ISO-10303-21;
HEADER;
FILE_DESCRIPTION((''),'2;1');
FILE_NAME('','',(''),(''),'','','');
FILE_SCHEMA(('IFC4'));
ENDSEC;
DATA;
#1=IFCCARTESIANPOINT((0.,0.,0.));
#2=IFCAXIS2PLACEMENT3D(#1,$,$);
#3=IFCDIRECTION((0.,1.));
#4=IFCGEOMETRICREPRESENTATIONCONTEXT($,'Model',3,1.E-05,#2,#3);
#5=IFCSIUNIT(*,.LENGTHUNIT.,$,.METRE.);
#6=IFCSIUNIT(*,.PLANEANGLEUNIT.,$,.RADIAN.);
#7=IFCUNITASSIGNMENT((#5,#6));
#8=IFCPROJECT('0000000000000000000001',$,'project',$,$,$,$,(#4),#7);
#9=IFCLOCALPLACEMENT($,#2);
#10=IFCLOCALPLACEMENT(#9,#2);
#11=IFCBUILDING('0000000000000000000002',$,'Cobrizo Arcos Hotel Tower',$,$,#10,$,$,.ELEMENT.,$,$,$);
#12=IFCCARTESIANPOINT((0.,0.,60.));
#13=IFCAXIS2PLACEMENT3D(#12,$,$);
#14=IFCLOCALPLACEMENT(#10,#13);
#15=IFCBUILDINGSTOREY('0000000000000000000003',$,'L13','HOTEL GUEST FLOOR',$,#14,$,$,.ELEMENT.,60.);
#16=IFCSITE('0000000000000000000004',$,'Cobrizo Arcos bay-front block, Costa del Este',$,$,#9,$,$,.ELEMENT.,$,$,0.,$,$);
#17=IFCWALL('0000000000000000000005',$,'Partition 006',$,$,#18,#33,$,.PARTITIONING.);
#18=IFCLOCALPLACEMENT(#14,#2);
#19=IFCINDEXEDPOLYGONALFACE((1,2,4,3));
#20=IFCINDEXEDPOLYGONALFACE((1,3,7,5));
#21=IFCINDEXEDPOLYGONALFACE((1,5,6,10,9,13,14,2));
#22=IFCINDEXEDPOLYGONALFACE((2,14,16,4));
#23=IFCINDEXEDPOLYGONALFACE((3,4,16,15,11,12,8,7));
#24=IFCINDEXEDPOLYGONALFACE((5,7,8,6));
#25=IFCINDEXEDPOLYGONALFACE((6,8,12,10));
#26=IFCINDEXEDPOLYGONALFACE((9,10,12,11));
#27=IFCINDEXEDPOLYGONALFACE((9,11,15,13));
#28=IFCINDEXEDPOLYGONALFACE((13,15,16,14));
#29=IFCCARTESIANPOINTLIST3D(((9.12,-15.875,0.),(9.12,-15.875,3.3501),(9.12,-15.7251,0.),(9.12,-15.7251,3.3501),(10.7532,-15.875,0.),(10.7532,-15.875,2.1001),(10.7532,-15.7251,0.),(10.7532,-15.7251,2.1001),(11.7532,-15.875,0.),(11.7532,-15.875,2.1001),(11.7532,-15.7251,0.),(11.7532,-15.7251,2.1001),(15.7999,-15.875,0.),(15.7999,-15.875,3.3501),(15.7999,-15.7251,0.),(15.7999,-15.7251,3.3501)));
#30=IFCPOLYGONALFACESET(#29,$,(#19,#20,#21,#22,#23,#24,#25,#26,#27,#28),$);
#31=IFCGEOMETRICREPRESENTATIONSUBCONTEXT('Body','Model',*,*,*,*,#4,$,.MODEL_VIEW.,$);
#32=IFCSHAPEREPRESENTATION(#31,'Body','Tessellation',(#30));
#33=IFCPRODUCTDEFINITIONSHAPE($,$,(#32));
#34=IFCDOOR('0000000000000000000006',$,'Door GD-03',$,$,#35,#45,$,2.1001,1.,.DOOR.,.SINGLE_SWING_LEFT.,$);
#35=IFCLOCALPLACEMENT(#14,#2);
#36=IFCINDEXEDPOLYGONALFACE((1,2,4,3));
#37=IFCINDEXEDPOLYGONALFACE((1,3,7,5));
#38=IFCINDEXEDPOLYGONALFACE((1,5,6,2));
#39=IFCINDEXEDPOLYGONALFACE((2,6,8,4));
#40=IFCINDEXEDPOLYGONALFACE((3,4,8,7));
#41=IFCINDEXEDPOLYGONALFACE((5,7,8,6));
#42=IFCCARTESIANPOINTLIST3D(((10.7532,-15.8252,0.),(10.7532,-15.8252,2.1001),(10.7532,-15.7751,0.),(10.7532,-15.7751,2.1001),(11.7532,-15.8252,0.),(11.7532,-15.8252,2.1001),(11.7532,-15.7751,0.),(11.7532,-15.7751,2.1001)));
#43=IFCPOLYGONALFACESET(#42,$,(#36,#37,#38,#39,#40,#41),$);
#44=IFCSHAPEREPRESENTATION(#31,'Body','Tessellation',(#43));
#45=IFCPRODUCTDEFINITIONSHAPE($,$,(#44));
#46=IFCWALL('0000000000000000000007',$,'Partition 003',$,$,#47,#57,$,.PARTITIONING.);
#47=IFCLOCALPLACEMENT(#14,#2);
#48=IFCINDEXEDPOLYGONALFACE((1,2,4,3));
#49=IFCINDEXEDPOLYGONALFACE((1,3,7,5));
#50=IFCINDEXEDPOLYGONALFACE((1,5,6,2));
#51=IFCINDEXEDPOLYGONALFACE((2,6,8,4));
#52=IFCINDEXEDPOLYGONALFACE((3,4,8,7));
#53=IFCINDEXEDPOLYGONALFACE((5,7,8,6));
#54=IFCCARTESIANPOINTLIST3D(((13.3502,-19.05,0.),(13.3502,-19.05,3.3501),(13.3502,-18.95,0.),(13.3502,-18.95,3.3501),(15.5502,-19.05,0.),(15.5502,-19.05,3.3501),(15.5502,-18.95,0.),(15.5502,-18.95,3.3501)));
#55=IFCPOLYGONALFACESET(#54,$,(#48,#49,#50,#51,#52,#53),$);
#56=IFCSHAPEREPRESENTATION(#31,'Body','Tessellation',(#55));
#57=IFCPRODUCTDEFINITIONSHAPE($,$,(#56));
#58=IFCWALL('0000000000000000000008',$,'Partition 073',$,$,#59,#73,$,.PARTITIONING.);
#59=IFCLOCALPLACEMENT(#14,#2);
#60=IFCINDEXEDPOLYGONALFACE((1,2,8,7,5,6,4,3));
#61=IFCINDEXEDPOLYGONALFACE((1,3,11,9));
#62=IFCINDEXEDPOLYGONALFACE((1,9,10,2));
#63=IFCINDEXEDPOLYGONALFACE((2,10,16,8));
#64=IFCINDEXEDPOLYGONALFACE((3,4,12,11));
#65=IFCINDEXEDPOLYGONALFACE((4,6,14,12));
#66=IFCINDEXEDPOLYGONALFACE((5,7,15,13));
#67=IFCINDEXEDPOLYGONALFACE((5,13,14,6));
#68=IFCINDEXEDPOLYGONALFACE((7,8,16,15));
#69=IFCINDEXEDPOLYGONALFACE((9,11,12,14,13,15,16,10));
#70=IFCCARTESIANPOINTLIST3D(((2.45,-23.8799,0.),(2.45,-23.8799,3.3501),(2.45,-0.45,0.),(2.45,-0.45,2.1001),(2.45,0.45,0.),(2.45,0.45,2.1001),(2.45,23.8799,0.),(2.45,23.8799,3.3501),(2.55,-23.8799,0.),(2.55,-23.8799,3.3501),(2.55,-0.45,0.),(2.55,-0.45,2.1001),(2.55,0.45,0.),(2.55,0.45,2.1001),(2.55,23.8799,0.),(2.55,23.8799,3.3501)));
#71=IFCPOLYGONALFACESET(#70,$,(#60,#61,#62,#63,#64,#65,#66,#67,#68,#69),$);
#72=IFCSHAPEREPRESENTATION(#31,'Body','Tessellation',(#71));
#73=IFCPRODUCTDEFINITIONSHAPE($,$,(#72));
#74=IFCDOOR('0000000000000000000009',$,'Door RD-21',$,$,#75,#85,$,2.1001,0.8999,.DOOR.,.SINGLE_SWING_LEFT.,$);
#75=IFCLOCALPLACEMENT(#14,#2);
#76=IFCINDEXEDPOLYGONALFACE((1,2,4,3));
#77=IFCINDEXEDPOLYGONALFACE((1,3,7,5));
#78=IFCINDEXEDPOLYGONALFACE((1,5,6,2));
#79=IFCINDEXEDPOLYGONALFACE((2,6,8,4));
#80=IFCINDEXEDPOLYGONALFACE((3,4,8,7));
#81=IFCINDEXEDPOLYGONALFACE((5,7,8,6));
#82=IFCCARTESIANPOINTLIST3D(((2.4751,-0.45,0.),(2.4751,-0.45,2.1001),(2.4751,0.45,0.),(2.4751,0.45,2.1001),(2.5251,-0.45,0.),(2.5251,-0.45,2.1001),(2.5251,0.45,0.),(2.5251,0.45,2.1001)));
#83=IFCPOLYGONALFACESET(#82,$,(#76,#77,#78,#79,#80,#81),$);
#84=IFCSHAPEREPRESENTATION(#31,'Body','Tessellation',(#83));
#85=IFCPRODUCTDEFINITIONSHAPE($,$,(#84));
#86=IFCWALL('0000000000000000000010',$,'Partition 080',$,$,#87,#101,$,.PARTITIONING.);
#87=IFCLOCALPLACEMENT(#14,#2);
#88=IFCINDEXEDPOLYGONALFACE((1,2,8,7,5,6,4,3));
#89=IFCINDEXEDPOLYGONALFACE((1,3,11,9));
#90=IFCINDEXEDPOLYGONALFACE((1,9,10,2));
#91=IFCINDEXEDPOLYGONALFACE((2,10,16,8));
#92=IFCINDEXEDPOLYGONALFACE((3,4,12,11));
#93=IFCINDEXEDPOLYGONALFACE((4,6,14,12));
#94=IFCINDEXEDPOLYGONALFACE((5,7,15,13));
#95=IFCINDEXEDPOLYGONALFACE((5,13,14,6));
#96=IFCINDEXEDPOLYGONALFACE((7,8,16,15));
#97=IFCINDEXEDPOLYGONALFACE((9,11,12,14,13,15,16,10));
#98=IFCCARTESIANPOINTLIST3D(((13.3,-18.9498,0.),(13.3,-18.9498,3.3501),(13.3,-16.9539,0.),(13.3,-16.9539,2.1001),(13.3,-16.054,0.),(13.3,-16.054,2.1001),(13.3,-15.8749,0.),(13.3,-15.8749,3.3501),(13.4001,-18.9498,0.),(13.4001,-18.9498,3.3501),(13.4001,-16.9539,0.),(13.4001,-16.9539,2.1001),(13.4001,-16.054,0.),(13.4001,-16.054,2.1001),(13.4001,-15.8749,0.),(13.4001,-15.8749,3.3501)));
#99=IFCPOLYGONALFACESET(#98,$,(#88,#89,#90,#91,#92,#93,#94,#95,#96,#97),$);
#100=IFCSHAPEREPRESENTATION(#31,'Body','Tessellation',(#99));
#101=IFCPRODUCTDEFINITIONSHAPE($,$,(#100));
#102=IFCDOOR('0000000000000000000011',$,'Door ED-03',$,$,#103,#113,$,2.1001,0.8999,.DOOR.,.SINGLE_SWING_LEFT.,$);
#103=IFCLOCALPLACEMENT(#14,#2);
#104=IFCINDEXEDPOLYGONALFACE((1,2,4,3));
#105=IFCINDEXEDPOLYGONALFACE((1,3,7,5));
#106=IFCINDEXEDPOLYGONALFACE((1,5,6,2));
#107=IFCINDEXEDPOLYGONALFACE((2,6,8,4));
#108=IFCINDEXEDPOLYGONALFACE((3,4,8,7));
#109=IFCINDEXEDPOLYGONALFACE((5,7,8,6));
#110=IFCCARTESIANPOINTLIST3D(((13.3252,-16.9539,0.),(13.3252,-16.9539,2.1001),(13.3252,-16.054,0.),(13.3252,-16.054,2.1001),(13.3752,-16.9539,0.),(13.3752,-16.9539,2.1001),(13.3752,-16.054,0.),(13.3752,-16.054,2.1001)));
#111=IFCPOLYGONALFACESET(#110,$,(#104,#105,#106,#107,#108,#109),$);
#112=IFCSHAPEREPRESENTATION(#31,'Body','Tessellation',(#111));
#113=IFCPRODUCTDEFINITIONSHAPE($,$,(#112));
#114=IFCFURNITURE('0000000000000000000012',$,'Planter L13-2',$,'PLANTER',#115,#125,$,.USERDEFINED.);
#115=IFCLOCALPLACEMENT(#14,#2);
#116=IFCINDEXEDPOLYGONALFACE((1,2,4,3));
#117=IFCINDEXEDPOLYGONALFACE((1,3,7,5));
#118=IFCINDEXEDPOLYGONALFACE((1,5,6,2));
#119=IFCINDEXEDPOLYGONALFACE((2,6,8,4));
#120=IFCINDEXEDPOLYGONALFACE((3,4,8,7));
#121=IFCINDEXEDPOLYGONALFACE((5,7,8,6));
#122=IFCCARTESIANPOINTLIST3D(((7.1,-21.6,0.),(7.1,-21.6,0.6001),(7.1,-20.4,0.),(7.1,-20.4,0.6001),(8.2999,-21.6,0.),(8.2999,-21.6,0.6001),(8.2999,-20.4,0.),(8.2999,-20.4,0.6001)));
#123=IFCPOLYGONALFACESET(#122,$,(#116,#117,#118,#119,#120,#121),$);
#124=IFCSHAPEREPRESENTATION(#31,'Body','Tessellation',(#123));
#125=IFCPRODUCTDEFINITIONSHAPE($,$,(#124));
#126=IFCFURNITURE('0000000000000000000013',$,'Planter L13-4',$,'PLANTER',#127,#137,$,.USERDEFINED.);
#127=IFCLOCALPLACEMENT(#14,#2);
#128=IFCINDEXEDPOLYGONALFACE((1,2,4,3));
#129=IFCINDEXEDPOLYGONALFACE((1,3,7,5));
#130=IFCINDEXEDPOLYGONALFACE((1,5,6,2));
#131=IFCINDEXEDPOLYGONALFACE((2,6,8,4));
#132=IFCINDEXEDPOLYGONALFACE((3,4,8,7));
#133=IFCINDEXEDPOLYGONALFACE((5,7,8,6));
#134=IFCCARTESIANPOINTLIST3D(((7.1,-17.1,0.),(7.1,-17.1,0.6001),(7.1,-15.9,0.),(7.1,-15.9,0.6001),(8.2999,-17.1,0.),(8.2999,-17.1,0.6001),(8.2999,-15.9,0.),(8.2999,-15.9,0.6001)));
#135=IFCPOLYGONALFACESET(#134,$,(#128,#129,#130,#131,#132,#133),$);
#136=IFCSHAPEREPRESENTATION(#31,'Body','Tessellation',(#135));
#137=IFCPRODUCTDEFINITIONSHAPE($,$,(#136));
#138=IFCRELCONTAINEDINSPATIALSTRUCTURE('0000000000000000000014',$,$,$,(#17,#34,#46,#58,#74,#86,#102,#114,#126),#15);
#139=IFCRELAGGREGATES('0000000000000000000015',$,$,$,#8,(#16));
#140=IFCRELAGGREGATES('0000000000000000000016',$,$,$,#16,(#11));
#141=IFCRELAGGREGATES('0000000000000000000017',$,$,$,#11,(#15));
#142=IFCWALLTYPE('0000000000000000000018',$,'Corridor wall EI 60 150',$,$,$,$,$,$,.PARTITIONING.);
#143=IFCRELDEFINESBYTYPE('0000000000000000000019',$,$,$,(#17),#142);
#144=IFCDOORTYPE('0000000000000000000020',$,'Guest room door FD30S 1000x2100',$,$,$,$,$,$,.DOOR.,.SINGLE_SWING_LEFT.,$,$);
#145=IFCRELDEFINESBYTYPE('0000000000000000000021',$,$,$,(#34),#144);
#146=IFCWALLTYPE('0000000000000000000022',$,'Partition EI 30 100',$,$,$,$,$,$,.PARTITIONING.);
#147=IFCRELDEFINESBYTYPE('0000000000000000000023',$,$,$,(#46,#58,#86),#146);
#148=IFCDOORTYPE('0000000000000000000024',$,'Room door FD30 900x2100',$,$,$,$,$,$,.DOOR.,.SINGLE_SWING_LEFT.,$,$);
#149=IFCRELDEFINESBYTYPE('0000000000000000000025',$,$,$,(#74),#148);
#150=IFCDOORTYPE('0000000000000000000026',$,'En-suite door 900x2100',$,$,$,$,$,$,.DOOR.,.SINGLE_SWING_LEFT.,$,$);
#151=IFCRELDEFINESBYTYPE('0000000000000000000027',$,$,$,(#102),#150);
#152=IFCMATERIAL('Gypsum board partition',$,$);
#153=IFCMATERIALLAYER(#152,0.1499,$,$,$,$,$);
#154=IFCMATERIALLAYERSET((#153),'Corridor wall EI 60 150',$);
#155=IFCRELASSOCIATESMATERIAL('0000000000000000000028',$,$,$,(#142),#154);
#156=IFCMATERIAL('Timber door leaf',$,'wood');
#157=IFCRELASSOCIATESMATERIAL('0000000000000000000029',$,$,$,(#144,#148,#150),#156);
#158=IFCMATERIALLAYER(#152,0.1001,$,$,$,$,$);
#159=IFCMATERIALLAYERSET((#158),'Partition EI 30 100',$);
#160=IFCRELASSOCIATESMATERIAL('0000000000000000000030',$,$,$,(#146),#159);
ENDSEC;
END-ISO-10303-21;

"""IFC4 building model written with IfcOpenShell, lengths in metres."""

from ifc_helpers import new_model, si_unit, direction, frame, frame_2d, origin, origin_2d, place, context, subcontext, project, spatial, rectangle, extrude, material, layer, layer_set, type_object, element, fill, save


model = new_model("IFC4")

# Units and contexts
model_context = context("Model", 3, precision=1e-05, world=origin(), true_north=direction((0.0, 1.0)))
body_context = subcontext(model_context, "Body", "Model", "MODEL_VIEW")
ifc_project = project(units=[si_unit("LENGTHUNIT", "METRE"), si_unit("PLANEANGLEUNIT", "RADIAN")], contexts=[model_context])

# Site, building, storey
site_placement = place(None, origin())
site = spatial("IfcSite", under=ifc_project, at=site_placement, Name="Cobrizo Arcos bay-front block, Costa del Este", CompositionType="ELEMENT", RefElevation=0.0)
building_placement = place(site_placement, origin())
building = spatial("IfcBuilding", under=site, at=building_placement, Name="Cobrizo Arcos Hotel Tower", CompositionType="ELEMENT")
storey_placement = place(building_placement, frame((0.0, 0.0, 60.0)))
storey = spatial("IfcBuildingStorey", under=building, at=storey_placement, Name="L13", Description="HOTEL GUEST FLOOR", CompositionType="ELEMENT", Elevation=60.0)

# Wall, opening, door
ifc_material_1 = material(Name="Gypsum board partition")
ifc_layer_1 = layer(ifc_material_1, 0.1499)
ifc_layer_set_1 = layer_set([ifc_layer_1], Name="Corridor wall EI 60 150")
wall_type_1 = type_object("IfcWallType", Name="Corridor wall EI 60 150", PredefinedType="PARTITIONING", material=ifc_layer_set_1)
wall_1_placement = place(storey_placement, frame((9.1201, -15.8, 0.0), z_axis=(0.0, 0.0, 1.0), x_axis=(1.0, 0.0, 0.0)))
wall_1 = element("IfcWall", 1, at=wall_1_placement, inside=storey, type_object=wall_type_1, Name="Partition 006", PredefinedType="PARTITIONING", context=body_context, shape_type="SweptSolid", body=[
    extrude(rectangle(XDim=6.6799, YDim=0.1499, at=frame_2d((3.3398, 0.0))), origin(), (0.0, 0.0, 1.0), 3.3501),
])
opening_1_placement = place(wall_1_placement, frame((1.6331, 0.0, 0.0)))
opening_1 = element("IfcOpeningElement", 2, at=opening_1_placement, cuts=wall_1, PredefinedType="OPENING", context=body_context, shape_type="SweptSolid", body=[
    extrude(rectangle(XDim=1.0, YDim=2.1001, at=frame_2d((0.5, 1.05))), frame((0.0, 0.0869, 0.0), z_axis=(0.0, -1.0, 0.0), x_axis=(1.0, 0.0, 0.0)), (0.0, 0.0, 1.0), 0.1738),
])
ifc_material_2 = material(Name="Timber door leaf", Category="wood")
door_type_1 = type_object("IfcDoorType", Name="Guest room door FD30S 1000x2100", OperationType="SINGLE_SWING_LEFT", PredefinedType="DOOR", material=ifc_material_2)
door_1_placement = place(opening_1_placement, origin())
door_1 = element("IfcDoor", 3, at=door_1_placement, inside=storey, type_object=door_type_1, Name="Door GD-03", OperationType="SINGLE_SWING_LEFT", OverallHeight=2.1001, OverallWidth=1.0, PredefinedType="DOOR", context=body_context, shape_type="SweptSolid", body=[
    extrude(rectangle(XDim=1.0, YDim=2.1001, at=frame_2d((0.5, 1.05))), frame((0.0, 0.0249, 0.0), z_axis=(0.0, -1.0, 0.0), x_axis=(1.0, 0.0, 0.0)), (0.0, 0.0, 1.0), 0.05),
])
fill(opening_1, door_1)

# Wall
ifc_layer_2 = layer(ifc_material_1, 0.1001)
ifc_layer_set_2 = layer_set([ifc_layer_2], Name="Partition EI 30 100")
wall_type_2 = type_object("IfcWallType", Name="Partition EI 30 100", PredefinedType="PARTITIONING", material=ifc_layer_set_2)
wall_2_placement = place(storey_placement, frame((13.3501, -19.0, 0.0), z_axis=(0.0, 0.0, 1.0), x_axis=(1.0, 0.0, 0.0)))
element("IfcWall", 4, at=wall_2_placement, inside=storey, type_object=wall_type_2, Name="Partition 003", PredefinedType="PARTITIONING", context=body_context, shape_type="SweptSolid", body=[
    extrude(rectangle(XDim=2.2, YDim=0.1001, at=frame_2d((1.1001, 0.0))), origin(), (0.0, 0.0, 1.0), 3.3501),
])

# Walls, openings, doors
wall_3_placement = place(storey_placement, frame((2.5, -23.8799, 0.0), z_axis=(0.0, 0.0, 1.0), x_axis=(0.0, 1.0, 0.0)))
wall_3 = element("IfcWall", 5, at=wall_3_placement, inside=storey, type_object=wall_type_2, Name="Partition 073", PredefinedType="PARTITIONING", context=body_context, shape_type="SweptSolid", body=[
    extrude(rectangle(XDim=47.7598, YDim=0.1001, at=frame_2d((23.8799, 0.0))), origin(), (0.0, 0.0, 1.0), 3.3501),
])
opening_2_placement = place(wall_3_placement, frame((23.4299, 0.0, 0.0)))
opening_2 = element("IfcOpeningElement", 6, at=opening_2_placement, cuts=wall_3, PredefinedType="OPENING", context=body_context, shape_type="SweptSolid", body=[
    extrude(rectangle(XDim=0.8999, YDim=2.1001, at=frame_2d((0.45, 1.05))), frame((0.0, 0.062, 0.0), z_axis=(0.0, -1.0, 0.0), x_axis=(1.0, 0.0, 0.0)), (0.0, 0.0, 1.0), 0.124),
])
door_type_2 = type_object("IfcDoorType", Name="Room door FD30 900x2100", OperationType="SINGLE_SWING_LEFT", PredefinedType="DOOR", material=ifc_material_2)
door_2_placement = place(opening_2_placement, origin())
door_2 = element("IfcDoor", 7, at=door_2_placement, inside=storey, type_object=door_type_2, Name="Door RD-21", OperationType="SINGLE_SWING_LEFT", OverallHeight=2.1001, OverallWidth=0.8999, PredefinedType="DOOR", context=body_context, shape_type="SweptSolid", body=[
    extrude(rectangle(XDim=0.8999, YDim=2.1001, at=frame_2d((0.45, 1.05))), frame((0.0, 0.0249, 0.0), z_axis=(0.0, -1.0, 0.0), x_axis=(1.0, 0.0, 0.0)), (0.0, 0.0, 1.0), 0.05),
])
fill(opening_2, door_2)
wall_4_placement = place(storey_placement, frame((13.3501, -18.95, 0.0), z_axis=(0.0, 0.0, 1.0), x_axis=(0.0, 1.0, 0.0)))
wall_4 = element("IfcWall", 8, at=wall_4_placement, inside=storey, type_object=wall_type_2, Name="Partition 080", PredefinedType="PARTITIONING", context=body_context, shape_type="SweptSolid", body=[
    extrude(rectangle(XDim=3.075, YDim=0.1001, at=frame_2d((1.5376, 0.0))), origin(), (0.0, 0.0, 1.0), 3.3501),
])
opening_3_placement = place(wall_4_placement, frame((1.9961, 0.0, 0.0)))
opening_3 = element("IfcOpeningElement", 9, at=opening_3_placement, cuts=wall_4, PredefinedType="OPENING", context=body_context, shape_type="SweptSolid", body=[
    extrude(rectangle(XDim=0.8999, YDim=2.1001, at=frame_2d((0.45, 1.05))), frame((0.0, 0.062, 0.0), z_axis=(0.0, -1.0, 0.0), x_axis=(1.0, 0.0, 0.0)), (0.0, 0.0, 1.0), 0.124),
])
door_type_3 = type_object("IfcDoorType", Name="En-suite door 900x2100", OperationType="SINGLE_SWING_LEFT", PredefinedType="DOOR", material=ifc_material_2)
door_3_placement = place(opening_3_placement, origin())
door_3 = element("IfcDoor", 10, at=door_3_placement, inside=storey, type_object=door_type_3, Name="Door ED-03", OperationType="SINGLE_SWING_LEFT", OverallHeight=2.1001, OverallWidth=0.8999, PredefinedType="DOOR", context=body_context, shape_type="SweptSolid", body=[
    extrude(rectangle(XDim=0.8999, YDim=2.1001, at=frame_2d((0.45, 1.05))), frame((0.0, 0.0249, 0.0), z_axis=(0.0, -1.0, 0.0), x_axis=(1.0, 0.0, 0.0)), (0.0, 0.0, 1.0), 0.05),
])
fill(opening_3, door_3)

# Furniture
for number, where, z_axis, x_axis, name in (
    (11, (7.7, -21.0, 0.0), (0.0, 0.0, 1.0), (1.0, 0.0, 0.0), "Planter L13-2"),
    (12, (7.7, -16.5, 0.0), (0.0, 0.0, 1.0), (1.0, 0.0, 0.0), "Planter L13-4"),
):
    element("IfcFurniture", number, at=place(storey_placement, frame(where, z_axis=z_axis, x_axis=x_axis)), inside=storey, Name=name, ObjectType="PLANTER", PredefinedType="USERDEFINED", context=body_context, shape_type="SweptSolid", body=[
        extrude(rectangle(XDim=1.2, YDim=1.2, at=origin_2d()), origin(), (0.0, 0.0, 1.0), 0.6001),
    ])

save(model, "model.ifc")
